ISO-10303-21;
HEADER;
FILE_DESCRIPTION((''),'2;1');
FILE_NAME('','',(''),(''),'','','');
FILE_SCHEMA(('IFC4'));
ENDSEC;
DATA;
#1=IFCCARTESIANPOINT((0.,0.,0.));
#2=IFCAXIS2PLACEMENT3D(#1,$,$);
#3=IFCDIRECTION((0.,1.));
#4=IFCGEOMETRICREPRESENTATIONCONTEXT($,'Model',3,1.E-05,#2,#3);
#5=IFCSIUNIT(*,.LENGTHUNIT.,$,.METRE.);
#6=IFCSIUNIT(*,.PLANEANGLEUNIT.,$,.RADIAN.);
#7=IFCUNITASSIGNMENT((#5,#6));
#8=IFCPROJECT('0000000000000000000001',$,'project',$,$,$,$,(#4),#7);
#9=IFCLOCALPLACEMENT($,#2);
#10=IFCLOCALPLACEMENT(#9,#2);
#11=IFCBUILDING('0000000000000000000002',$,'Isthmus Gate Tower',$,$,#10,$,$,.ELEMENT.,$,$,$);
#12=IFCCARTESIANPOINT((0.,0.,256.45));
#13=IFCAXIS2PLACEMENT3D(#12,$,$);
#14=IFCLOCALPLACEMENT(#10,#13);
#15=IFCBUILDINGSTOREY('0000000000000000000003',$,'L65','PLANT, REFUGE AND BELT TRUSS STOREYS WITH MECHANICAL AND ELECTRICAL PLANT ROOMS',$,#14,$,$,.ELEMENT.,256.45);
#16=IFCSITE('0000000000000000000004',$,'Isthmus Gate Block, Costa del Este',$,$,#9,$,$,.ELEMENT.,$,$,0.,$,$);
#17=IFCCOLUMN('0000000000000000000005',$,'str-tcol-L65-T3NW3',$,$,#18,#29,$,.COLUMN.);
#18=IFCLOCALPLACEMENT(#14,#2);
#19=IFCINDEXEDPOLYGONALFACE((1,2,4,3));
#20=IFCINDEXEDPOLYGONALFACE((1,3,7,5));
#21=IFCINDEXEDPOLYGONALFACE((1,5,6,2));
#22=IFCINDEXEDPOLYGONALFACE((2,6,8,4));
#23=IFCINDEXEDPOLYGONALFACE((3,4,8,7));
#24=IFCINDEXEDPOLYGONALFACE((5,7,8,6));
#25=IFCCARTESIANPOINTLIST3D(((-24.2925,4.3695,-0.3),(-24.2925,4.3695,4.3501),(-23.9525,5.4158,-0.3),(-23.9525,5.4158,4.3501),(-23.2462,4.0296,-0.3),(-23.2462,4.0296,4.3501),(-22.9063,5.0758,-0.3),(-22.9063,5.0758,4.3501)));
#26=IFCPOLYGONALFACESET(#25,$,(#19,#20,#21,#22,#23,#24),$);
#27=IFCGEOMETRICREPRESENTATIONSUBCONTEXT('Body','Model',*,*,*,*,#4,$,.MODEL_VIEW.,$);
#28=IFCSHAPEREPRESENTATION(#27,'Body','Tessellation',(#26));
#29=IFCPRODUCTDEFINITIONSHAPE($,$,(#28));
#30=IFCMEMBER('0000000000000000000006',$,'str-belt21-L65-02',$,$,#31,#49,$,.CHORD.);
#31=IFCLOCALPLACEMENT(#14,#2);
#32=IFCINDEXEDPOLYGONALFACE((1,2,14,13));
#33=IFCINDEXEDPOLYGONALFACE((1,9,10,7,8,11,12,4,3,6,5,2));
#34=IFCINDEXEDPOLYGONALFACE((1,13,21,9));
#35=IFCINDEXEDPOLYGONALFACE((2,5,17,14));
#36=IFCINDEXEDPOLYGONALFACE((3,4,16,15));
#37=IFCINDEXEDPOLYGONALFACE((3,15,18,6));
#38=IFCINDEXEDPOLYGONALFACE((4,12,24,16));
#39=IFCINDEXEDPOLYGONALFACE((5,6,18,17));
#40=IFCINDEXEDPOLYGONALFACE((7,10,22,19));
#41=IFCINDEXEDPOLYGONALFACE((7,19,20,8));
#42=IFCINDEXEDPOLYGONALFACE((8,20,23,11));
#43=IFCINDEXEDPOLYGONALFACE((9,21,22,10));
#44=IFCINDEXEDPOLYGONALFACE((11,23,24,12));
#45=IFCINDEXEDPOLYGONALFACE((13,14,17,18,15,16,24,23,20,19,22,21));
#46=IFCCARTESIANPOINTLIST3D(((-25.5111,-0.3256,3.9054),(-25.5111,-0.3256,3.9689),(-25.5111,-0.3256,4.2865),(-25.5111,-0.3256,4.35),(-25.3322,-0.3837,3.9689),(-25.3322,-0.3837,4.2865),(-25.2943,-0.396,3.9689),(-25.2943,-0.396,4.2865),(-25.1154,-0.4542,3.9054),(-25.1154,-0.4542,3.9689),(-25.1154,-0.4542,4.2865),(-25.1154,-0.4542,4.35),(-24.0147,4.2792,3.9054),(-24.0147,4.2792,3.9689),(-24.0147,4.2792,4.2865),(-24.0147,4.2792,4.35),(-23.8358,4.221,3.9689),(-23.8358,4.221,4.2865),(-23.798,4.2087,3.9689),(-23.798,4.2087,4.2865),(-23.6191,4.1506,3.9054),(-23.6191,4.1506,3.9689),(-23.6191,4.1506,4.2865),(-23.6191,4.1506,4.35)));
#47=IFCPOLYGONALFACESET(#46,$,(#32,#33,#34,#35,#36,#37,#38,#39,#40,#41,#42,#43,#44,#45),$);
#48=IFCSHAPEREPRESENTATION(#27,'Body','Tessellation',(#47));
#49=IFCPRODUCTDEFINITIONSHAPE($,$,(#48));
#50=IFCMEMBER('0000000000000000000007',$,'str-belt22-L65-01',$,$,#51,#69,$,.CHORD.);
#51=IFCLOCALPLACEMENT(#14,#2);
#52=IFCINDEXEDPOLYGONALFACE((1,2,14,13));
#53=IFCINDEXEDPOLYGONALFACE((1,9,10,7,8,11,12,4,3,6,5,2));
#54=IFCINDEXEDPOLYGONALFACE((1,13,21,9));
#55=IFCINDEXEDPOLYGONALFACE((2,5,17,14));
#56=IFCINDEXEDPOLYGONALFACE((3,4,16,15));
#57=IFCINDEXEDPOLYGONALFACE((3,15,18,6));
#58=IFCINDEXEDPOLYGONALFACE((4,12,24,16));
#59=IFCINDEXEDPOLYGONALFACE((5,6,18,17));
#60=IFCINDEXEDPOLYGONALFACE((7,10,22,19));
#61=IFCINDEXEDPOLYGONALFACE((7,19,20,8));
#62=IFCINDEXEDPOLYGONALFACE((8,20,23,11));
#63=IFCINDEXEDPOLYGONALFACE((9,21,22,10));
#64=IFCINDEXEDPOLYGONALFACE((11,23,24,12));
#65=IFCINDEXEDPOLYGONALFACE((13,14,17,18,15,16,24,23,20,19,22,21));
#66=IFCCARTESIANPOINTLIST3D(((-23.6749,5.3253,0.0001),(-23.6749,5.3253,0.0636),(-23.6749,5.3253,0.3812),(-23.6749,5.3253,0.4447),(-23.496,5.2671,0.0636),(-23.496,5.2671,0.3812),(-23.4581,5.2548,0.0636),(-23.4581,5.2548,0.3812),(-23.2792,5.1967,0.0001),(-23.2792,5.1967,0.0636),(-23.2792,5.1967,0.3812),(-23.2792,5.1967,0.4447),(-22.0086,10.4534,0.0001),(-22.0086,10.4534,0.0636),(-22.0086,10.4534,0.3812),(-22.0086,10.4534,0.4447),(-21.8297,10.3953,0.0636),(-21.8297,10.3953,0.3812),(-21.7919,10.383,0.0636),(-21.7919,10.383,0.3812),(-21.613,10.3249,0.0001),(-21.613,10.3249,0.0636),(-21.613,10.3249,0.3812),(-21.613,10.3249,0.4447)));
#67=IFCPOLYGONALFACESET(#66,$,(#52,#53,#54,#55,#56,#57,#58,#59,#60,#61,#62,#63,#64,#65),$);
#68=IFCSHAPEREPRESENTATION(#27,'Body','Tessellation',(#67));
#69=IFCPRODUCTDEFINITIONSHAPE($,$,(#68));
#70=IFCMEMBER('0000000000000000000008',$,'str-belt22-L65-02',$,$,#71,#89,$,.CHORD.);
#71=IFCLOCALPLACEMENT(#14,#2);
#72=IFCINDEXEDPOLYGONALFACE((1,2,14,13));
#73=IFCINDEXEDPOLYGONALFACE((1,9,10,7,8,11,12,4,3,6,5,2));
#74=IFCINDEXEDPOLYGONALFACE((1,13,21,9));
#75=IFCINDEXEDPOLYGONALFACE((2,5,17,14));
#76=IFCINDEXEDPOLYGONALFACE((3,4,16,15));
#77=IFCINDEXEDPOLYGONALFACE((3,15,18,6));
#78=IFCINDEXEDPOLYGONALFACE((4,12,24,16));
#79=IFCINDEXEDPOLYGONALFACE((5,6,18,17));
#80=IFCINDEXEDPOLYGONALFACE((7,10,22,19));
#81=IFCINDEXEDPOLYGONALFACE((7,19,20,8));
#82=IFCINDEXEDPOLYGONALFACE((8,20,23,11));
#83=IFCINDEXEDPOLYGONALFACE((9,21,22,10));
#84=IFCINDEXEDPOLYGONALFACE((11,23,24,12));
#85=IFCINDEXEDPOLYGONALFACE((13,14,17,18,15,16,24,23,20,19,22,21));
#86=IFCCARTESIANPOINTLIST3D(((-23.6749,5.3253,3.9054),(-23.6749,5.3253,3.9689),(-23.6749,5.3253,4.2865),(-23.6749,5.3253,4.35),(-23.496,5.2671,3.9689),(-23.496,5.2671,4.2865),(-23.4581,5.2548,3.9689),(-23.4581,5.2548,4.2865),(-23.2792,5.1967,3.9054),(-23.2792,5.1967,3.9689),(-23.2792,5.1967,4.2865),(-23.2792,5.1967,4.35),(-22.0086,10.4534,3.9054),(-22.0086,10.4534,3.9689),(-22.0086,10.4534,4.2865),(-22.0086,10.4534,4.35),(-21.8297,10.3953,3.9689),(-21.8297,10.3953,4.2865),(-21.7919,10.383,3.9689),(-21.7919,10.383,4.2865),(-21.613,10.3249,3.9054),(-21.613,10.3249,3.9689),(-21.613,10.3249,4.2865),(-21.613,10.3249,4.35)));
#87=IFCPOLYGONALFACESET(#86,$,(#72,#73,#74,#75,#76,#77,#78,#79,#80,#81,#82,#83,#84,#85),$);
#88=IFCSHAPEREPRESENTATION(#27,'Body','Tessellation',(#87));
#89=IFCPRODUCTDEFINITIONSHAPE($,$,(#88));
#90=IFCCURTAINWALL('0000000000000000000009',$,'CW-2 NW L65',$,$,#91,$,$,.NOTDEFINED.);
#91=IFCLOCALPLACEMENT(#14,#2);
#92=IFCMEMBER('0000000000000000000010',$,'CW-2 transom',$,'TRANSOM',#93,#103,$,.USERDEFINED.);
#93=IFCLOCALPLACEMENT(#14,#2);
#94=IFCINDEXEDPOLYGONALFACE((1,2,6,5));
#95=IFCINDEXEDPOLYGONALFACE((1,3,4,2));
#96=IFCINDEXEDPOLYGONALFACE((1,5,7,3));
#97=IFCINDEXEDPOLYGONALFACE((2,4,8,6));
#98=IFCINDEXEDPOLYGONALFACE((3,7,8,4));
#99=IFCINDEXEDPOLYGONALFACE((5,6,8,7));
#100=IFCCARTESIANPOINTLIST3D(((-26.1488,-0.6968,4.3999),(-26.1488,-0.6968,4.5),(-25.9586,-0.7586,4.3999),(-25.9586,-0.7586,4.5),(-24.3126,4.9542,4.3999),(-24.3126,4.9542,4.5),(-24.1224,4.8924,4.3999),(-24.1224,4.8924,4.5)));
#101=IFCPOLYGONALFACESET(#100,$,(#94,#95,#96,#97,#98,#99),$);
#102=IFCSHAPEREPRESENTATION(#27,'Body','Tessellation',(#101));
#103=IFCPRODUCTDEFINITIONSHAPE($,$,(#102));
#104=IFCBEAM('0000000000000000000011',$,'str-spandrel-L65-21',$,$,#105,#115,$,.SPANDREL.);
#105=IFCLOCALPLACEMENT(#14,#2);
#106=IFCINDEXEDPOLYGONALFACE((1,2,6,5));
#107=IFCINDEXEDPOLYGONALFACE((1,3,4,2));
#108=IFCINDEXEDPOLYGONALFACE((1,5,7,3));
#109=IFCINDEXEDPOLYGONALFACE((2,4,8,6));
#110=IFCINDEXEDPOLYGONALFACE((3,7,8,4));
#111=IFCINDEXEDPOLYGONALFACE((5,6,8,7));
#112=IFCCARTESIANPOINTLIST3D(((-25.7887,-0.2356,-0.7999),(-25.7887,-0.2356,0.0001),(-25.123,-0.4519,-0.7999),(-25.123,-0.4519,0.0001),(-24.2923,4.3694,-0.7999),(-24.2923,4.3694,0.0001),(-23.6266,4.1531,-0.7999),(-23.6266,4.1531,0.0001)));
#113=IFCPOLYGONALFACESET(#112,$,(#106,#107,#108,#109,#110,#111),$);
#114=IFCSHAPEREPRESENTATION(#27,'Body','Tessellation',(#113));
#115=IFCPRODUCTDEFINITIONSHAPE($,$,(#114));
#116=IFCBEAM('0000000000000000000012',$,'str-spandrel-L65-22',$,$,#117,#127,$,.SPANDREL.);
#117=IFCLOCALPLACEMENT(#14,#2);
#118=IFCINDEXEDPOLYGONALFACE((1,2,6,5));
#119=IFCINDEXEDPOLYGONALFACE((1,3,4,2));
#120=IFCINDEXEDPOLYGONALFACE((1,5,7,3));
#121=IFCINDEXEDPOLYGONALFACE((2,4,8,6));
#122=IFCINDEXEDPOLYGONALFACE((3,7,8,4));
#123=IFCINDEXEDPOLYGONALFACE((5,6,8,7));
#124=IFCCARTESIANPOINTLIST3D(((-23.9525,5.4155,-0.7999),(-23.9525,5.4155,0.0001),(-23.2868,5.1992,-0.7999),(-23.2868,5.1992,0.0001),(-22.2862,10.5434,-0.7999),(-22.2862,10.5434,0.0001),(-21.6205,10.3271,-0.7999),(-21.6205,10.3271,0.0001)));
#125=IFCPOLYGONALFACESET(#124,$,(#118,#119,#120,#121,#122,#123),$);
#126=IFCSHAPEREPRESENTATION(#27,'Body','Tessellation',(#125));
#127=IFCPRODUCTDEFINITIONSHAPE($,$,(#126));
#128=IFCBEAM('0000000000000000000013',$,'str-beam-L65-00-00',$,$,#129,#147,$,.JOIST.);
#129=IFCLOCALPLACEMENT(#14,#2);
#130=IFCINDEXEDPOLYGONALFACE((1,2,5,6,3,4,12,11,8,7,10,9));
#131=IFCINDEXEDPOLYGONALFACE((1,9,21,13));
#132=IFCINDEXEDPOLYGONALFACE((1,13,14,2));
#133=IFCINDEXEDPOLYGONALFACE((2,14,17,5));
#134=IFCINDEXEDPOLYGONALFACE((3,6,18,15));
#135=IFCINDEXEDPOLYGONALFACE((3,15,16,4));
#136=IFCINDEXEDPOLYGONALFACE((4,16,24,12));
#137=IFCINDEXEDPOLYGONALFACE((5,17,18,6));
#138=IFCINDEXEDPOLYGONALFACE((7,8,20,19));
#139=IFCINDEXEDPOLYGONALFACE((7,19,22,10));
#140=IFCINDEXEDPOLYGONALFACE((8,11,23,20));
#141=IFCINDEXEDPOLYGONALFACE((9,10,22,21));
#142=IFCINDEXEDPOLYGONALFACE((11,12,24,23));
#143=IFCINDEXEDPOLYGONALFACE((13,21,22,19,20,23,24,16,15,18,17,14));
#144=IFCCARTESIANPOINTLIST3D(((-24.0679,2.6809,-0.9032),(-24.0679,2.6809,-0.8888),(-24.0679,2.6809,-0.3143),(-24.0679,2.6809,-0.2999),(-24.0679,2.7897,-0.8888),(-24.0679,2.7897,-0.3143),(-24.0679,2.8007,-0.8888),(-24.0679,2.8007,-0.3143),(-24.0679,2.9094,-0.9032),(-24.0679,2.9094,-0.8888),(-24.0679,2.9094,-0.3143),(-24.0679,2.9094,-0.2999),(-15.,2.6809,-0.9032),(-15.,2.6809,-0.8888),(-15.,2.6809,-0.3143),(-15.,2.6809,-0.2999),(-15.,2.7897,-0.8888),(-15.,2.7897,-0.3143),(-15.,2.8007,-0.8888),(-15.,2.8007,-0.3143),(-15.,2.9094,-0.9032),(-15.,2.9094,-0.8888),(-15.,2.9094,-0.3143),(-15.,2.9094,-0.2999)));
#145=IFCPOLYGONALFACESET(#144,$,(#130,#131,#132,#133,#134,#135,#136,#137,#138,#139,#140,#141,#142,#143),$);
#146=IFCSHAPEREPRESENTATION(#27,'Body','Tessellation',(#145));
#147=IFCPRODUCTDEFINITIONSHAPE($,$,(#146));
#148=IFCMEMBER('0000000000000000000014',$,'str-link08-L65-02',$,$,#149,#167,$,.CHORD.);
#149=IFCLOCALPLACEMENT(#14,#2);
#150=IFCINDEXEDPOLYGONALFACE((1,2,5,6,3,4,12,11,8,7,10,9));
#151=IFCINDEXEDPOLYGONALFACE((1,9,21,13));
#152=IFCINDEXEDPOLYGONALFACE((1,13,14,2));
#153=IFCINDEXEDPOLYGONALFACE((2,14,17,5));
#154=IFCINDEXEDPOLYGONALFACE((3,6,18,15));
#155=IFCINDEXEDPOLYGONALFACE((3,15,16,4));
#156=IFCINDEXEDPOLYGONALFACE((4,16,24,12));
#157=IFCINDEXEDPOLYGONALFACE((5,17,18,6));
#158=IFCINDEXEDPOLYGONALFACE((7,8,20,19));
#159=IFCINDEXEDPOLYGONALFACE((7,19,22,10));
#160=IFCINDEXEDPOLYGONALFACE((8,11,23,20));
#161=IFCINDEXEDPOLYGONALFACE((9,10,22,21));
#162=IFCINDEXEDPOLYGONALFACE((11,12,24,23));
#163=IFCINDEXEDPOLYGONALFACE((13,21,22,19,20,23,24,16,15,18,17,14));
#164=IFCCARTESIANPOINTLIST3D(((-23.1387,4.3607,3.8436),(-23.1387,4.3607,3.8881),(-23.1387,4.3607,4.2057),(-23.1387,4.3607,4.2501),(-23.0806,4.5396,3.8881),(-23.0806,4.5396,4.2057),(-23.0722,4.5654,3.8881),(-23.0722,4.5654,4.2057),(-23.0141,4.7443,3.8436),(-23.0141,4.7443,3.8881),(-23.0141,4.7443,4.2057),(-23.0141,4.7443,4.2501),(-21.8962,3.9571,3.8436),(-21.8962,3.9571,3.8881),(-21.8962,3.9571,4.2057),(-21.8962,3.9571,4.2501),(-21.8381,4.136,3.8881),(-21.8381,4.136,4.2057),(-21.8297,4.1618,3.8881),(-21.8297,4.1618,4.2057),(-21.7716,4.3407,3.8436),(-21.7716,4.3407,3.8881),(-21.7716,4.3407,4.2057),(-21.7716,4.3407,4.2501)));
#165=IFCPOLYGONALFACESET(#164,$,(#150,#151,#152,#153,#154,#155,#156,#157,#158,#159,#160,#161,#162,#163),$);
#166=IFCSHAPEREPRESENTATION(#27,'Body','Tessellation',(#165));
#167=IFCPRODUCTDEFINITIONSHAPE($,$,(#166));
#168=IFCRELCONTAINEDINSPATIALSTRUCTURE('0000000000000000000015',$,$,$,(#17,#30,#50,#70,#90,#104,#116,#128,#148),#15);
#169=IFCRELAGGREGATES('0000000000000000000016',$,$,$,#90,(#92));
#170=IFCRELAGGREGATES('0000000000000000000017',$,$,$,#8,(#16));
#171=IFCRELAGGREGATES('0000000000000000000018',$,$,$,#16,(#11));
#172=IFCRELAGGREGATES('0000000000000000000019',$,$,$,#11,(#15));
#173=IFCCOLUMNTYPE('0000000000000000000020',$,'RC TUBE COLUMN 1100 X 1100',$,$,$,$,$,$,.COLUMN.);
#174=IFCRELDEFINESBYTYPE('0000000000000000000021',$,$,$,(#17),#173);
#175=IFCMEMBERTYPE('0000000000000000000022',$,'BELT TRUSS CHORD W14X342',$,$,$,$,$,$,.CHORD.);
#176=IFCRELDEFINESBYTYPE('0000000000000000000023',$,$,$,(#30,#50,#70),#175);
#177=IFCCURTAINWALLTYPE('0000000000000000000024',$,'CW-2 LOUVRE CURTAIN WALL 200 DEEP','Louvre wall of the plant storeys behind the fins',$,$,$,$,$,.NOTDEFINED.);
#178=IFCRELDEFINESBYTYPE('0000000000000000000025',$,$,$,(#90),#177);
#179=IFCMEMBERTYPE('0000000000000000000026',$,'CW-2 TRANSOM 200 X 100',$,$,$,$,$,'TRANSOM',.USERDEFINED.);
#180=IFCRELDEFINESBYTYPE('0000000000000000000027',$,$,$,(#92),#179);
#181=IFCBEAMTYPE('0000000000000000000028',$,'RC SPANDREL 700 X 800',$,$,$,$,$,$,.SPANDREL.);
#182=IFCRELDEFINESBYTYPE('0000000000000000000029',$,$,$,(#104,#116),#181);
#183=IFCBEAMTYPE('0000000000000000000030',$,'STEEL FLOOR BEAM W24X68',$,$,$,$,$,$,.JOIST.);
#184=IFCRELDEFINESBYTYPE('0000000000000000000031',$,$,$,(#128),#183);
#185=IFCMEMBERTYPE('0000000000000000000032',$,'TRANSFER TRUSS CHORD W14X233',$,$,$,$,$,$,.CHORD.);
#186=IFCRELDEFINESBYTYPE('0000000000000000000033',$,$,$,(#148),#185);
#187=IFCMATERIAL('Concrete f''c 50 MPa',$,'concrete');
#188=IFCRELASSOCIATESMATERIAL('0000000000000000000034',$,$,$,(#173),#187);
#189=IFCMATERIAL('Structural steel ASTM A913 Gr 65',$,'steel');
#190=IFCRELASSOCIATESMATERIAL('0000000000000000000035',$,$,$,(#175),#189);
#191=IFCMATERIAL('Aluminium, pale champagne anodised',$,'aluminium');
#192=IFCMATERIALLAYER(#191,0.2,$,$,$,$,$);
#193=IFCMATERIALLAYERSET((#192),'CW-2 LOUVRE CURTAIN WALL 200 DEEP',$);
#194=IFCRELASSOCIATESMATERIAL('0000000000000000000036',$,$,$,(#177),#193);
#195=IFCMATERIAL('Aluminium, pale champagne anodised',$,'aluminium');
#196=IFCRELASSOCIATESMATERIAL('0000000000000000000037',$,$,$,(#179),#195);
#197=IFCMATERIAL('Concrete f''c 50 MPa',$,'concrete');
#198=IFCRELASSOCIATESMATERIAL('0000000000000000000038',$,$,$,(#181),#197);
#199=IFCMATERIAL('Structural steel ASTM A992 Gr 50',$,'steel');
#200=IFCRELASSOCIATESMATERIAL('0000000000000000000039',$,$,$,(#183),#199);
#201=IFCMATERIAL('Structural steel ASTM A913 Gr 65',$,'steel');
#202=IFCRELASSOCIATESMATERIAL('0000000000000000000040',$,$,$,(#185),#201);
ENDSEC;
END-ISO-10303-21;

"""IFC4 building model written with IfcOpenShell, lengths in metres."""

from ifc_helpers import new_model, si_unit, direction, frame, origin, origin_2d, place, context, subcontext, project, spatial, rectangle, i_section, extrude, material, layer, layer_set, material_profile, profile_set, type_object, element, aggregate, save


model = new_model("IFC4")

# Units and contexts
model_context = context("Model", 3, precision=1e-05, world=origin(), true_north=direction((0.0, 1.0)))
body_context = subcontext(model_context, "Body", "Model", "MODEL_VIEW")
ifc_project = project(units=[si_unit("LENGTHUNIT", "METRE"), si_unit("PLANEANGLEUNIT", "RADIAN")], contexts=[model_context])

# Site, building, storey
site_placement = place(None, origin())
site = spatial("IfcSite", under=ifc_project, at=site_placement, Name="Isthmus Gate Block, Costa del Este", CompositionType="ELEMENT", RefElevation=0.0)
building_placement = place(site_placement, origin())
building = spatial("IfcBuilding", under=site, at=building_placement, Name="Isthmus Gate Tower", CompositionType="ELEMENT")
storey_placement = place(building_placement, frame((0.0, 0.0, 256.45)))
storey = spatial("IfcBuildingStorey", under=building, at=storey_placement, Name="L65", Description="PLANT, REFUGE AND BELT TRUSS STOREYS WITH MECHANICAL AND ELECTRICAL PLANT ROOMS", CompositionType="ELEMENT", Elevation=256.45)

# Column
ifc_material_1 = material(Name="Concrete f'c 50 MPa", Category="concrete")
ifc_material_profile_1 = material_profile(ifc_material_1, rectangle(XDim=1.1001, YDim=1.1001, at=origin_2d()), Name="RC 1100X1100")
ifc_profile_set_1 = profile_set([ifc_material_profile_1], Name="Concrete f'c 50 MPa")
column_type = type_object("IfcColumnType", Name="RC TUBE COLUMN 1100 X 1100", PredefinedType="COLUMN", material=ifc_profile_set_1)
column_placement = place(storey_placement, frame((-23.5994, 4.7227, -0.3), z_axis=(0.0, 0.0, 1.0), x_axis=(-0.309017, -0.951057, 0.0)))
element("IfcColumn", 1, at=column_placement, inside=storey, type_object=column_type, Name="str-tcol-L65-T3NW3", PredefinedType="COLUMN", context=body_context, shape_type="SweptSolid", body=[
    extrude(rectangle(XDim=1.1001, YDim=1.1001, at=origin_2d()), origin(), (0.0, 0.0, 1.0), 4.6501),
])

# Members
ifc_material_2 = material(Name="Structural steel ASTM A913 Gr 65", Category="steel")
ifc_material_profile_2 = material_profile(ifc_material_2, i_section(OverallWidth=0.416, OverallDepth=0.4446, WebThickness=0.0398, FlangeThickness=0.0635, at=origin_2d()), Name="W14X342")
ifc_profile_set_2 = profile_set([ifc_material_profile_2], Name="Structural steel ASTM A913 Gr 65")
member_type_1 = type_object("IfcMemberType", Name="BELT TRUSS CHORD W14X342", PredefinedType="CHORD", material=ifc_profile_set_2)
member_1_placement = place(storey_placement, frame((-25.3132, -0.3899, 4.1277), z_axis=(0.309048, 0.951046, 0.0), x_axis=(-0.951046, 0.309048, 0.0)))
element("IfcMember", 2, at=member_1_placement, inside=storey, type_object=member_type_1, Name="str-belt21-L65-02", PredefinedType="CHORD", context=body_context, shape_type="SweptSolid", body=[
    extrude(i_section(OverallWidth=0.416, OverallDepth=0.4446, WebThickness=0.0398, FlangeThickness=0.0635, at=origin_2d()), origin(), (0.0, 0.0, 1.0), 4.8418),
])
for number, where, z_axis, x_axis, name in (
    (3, (-23.4771, 5.261, 0.2224), (0.30902, 0.951056, 0.0), (-0.951056, 0.30902, 0.0), "str-belt22-L65-01"),
    (4, (-23.4771, 5.261, 4.1277), (0.30902, 0.951056, 0.0), (-0.951056, 0.30902, 0.0), "str-belt22-L65-02"),
):
    element("IfcMember", number, at=place(storey_placement, frame(where, z_axis=z_axis, x_axis=x_axis)), inside=storey, type_object=member_type_1, Name=name, PredefinedType="CHORD", context=body_context, shape_type="SweptSolid", body=[
        extrude(i_section(OverallWidth=0.416, OverallDepth=0.4446, WebThickness=0.0398, FlangeThickness=0.0635, at=origin_2d()), origin(), (0.0, 0.0, 1.0), 5.3921),
    ])

# Curtain wall, member
ifc_material_3 = material(Name="Aluminium, pale champagne anodised", Category="aluminium")
ifc_layer_1 = layer(ifc_material_3, 0.2)
ifc_layer_set_1 = layer_set([ifc_layer_1], Name="CW-2 LOUVRE CURTAIN WALL 200 DEEP")
curtain_wall_type = type_object("IfcCurtainWallType", Name="CW-2 LOUVRE CURTAIN WALL 200 DEEP", Description="Louvre wall of the plant storeys behind the fins", PredefinedType="NOTDEFINED", material=ifc_layer_set_1)
curtain_wall_placement = place(storey_placement, origin())
curtain_wall = element("IfcCurtainWall", 5, at=curtain_wall_placement, inside=storey, type_object=curtain_wall_type, Name="CW-2 NW L65", PredefinedType="NOTDEFINED")
ifc_material_4 = material(Name="Aluminium, pale champagne anodised", Category="aluminium")
ifc_material_profile_3 = material_profile(ifc_material_4, rectangle(XDim=0.2, YDim=0.1001, at=origin_2d()), Name="200x100")
ifc_profile_set_3 = profile_set([ifc_material_profile_3], Name="Aluminium, pale champagne anodised")
member_type_2 = type_object("IfcMemberType", Name="CW-2 TRANSOM 200 X 100", ElementType="TRANSOM", PredefinedType="USERDEFINED", material=ifc_profile_set_3)
member_2_placement = place(storey_placement, frame((-24.2175, 4.9233, 4.45), z_axis=(-0.30902, -0.951056, 0.0), x_axis=(0.951056, -0.30902, 0.0)))
member_2 = element("IfcMember", 6, at=member_2_placement, type_object=member_type_2, Name="CW-2 transom", ObjectType="TRANSOM", PredefinedType="USERDEFINED", context=body_context, shape_type="SweptSolid", body=[
    extrude(rectangle(XDim=0.2, YDim=0.1001, at=origin_2d()), origin(), (0.0, 0.0, 1.0), 5.9419),
])

# Beams
ifc_material_5 = material(Name="Concrete f'c 50 MPa", Category="concrete")
ifc_material_profile_4 = material_profile(ifc_material_5, rectangle(XDim=0.7, YDim=0.8, at=origin_2d()), Name="RC 700X800")
ifc_profile_set_4 = profile_set([ifc_material_profile_4], Name="Concrete f'c 50 MPa")
beam_type_1 = type_object("IfcBeamType", Name="RC SPANDREL 700 X 800", PredefinedType="SPANDREL", material=ifc_profile_set_4)
beam_1_placement = place(storey_placement, frame((-25.4558, -0.3438, -0.3999), z_axis=(0.309034, 0.951051, 0.0), x_axis=(-0.951051, 0.309034, 0.0)))
element("IfcBeam", 7, at=beam_1_placement, inside=storey, type_object=beam_type_1, Name="str-spandrel-L65-21", PredefinedType="SPANDREL", context=body_context, shape_type="SweptSolid", body=[
    extrude(rectangle(XDim=0.7, YDim=0.8, at=origin_2d()), origin(), (0.0, 0.0, 1.0), 4.842),
])
beam_2_placement = place(storey_placement, frame((-23.6196, 5.3074, -0.3999), z_axis=(0.309033, 0.951051, 0.0), x_axis=(-0.951051, 0.309033, 0.0)))
element("IfcBeam", 8, at=beam_2_placement, inside=storey, type_object=beam_type_1, Name="str-spandrel-L65-22", PredefinedType="SPANDREL", context=body_context, shape_type="SweptSolid", body=[
    extrude(rectangle(XDim=0.7, YDim=0.8, at=origin_2d()), origin(), (0.0, 0.0, 1.0), 5.3918),
])
ifc_material_6 = material(Name="Structural steel ASTM A992 Gr 50", Category="steel")
ifc_material_profile_5 = material_profile(ifc_material_6, i_section(OverallWidth=0.2285, OverallDepth=0.6033, WebThickness=0.011, FlangeThickness=0.0144, at=origin_2d()), Name="W24X68")
ifc_profile_set_5 = profile_set([ifc_material_profile_5], Name="Structural steel ASTM A992 Gr 50")
beam_type_2 = type_object("IfcBeamType", Name="STEEL FLOOR BEAM W24X68", PredefinedType="JOIST", material=ifc_profile_set_5)
beam_3_placement = place(storey_placement, frame((-24.0679, 2.7952, -0.6016), z_axis=(1.0, 0.0, 0.0), x_axis=(0.0, 1.0, 0.0)))
element("IfcBeam", 9, at=beam_3_placement, inside=storey, type_object=beam_type_2, Name="str-beam-L65-00-00", PredefinedType="JOIST", context=body_context, shape_type="SweptSolid", body=[
    extrude(i_section(OverallWidth=0.2285, OverallDepth=0.6033, WebThickness=0.011, FlangeThickness=0.0144, at=origin_2d()), origin(), (0.0, 0.0, 1.0), 9.0679),
])

# Member
ifc_material_7 = material(Name="Structural steel ASTM A913 Gr 65", Category="steel")
ifc_material_profile_6 = material_profile(ifc_material_7, i_section(OverallWidth=0.4033, OverallDepth=0.4065, WebThickness=0.0271, FlangeThickness=0.0444, at=origin_2d()), Name="W14X233")
ifc_profile_set_6 = profile_set([ifc_material_profile_6], Name="Structural steel ASTM A913 Gr 65")
member_type_3 = type_object("IfcMemberType", Name="TRANSFER TRUSS CHORD W14X233", PredefinedType="CHORD", material=ifc_profile_set_6)
member_3_placement = place(storey_placement, frame((-23.0764, 4.5525, 4.0469), z_axis=(0.951085, -0.30893, 0.0), x_axis=(0.30893, 0.951085, 0.0)))
element("IfcMember", 10, at=member_3_placement, inside=storey, type_object=member_type_3, Name="str-link08-L65-02", PredefinedType="CHORD", context=body_context, shape_type="SweptSolid", body=[
    extrude(i_section(OverallWidth=0.4033, OverallDepth=0.4065, WebThickness=0.0271, FlangeThickness=0.0444, at=origin_2d()), origin(), (0.0, 0.0, 1.0), 1.3064),
])

aggregate(curtain_wall, [member_2])

save(model, "model.ifc")
